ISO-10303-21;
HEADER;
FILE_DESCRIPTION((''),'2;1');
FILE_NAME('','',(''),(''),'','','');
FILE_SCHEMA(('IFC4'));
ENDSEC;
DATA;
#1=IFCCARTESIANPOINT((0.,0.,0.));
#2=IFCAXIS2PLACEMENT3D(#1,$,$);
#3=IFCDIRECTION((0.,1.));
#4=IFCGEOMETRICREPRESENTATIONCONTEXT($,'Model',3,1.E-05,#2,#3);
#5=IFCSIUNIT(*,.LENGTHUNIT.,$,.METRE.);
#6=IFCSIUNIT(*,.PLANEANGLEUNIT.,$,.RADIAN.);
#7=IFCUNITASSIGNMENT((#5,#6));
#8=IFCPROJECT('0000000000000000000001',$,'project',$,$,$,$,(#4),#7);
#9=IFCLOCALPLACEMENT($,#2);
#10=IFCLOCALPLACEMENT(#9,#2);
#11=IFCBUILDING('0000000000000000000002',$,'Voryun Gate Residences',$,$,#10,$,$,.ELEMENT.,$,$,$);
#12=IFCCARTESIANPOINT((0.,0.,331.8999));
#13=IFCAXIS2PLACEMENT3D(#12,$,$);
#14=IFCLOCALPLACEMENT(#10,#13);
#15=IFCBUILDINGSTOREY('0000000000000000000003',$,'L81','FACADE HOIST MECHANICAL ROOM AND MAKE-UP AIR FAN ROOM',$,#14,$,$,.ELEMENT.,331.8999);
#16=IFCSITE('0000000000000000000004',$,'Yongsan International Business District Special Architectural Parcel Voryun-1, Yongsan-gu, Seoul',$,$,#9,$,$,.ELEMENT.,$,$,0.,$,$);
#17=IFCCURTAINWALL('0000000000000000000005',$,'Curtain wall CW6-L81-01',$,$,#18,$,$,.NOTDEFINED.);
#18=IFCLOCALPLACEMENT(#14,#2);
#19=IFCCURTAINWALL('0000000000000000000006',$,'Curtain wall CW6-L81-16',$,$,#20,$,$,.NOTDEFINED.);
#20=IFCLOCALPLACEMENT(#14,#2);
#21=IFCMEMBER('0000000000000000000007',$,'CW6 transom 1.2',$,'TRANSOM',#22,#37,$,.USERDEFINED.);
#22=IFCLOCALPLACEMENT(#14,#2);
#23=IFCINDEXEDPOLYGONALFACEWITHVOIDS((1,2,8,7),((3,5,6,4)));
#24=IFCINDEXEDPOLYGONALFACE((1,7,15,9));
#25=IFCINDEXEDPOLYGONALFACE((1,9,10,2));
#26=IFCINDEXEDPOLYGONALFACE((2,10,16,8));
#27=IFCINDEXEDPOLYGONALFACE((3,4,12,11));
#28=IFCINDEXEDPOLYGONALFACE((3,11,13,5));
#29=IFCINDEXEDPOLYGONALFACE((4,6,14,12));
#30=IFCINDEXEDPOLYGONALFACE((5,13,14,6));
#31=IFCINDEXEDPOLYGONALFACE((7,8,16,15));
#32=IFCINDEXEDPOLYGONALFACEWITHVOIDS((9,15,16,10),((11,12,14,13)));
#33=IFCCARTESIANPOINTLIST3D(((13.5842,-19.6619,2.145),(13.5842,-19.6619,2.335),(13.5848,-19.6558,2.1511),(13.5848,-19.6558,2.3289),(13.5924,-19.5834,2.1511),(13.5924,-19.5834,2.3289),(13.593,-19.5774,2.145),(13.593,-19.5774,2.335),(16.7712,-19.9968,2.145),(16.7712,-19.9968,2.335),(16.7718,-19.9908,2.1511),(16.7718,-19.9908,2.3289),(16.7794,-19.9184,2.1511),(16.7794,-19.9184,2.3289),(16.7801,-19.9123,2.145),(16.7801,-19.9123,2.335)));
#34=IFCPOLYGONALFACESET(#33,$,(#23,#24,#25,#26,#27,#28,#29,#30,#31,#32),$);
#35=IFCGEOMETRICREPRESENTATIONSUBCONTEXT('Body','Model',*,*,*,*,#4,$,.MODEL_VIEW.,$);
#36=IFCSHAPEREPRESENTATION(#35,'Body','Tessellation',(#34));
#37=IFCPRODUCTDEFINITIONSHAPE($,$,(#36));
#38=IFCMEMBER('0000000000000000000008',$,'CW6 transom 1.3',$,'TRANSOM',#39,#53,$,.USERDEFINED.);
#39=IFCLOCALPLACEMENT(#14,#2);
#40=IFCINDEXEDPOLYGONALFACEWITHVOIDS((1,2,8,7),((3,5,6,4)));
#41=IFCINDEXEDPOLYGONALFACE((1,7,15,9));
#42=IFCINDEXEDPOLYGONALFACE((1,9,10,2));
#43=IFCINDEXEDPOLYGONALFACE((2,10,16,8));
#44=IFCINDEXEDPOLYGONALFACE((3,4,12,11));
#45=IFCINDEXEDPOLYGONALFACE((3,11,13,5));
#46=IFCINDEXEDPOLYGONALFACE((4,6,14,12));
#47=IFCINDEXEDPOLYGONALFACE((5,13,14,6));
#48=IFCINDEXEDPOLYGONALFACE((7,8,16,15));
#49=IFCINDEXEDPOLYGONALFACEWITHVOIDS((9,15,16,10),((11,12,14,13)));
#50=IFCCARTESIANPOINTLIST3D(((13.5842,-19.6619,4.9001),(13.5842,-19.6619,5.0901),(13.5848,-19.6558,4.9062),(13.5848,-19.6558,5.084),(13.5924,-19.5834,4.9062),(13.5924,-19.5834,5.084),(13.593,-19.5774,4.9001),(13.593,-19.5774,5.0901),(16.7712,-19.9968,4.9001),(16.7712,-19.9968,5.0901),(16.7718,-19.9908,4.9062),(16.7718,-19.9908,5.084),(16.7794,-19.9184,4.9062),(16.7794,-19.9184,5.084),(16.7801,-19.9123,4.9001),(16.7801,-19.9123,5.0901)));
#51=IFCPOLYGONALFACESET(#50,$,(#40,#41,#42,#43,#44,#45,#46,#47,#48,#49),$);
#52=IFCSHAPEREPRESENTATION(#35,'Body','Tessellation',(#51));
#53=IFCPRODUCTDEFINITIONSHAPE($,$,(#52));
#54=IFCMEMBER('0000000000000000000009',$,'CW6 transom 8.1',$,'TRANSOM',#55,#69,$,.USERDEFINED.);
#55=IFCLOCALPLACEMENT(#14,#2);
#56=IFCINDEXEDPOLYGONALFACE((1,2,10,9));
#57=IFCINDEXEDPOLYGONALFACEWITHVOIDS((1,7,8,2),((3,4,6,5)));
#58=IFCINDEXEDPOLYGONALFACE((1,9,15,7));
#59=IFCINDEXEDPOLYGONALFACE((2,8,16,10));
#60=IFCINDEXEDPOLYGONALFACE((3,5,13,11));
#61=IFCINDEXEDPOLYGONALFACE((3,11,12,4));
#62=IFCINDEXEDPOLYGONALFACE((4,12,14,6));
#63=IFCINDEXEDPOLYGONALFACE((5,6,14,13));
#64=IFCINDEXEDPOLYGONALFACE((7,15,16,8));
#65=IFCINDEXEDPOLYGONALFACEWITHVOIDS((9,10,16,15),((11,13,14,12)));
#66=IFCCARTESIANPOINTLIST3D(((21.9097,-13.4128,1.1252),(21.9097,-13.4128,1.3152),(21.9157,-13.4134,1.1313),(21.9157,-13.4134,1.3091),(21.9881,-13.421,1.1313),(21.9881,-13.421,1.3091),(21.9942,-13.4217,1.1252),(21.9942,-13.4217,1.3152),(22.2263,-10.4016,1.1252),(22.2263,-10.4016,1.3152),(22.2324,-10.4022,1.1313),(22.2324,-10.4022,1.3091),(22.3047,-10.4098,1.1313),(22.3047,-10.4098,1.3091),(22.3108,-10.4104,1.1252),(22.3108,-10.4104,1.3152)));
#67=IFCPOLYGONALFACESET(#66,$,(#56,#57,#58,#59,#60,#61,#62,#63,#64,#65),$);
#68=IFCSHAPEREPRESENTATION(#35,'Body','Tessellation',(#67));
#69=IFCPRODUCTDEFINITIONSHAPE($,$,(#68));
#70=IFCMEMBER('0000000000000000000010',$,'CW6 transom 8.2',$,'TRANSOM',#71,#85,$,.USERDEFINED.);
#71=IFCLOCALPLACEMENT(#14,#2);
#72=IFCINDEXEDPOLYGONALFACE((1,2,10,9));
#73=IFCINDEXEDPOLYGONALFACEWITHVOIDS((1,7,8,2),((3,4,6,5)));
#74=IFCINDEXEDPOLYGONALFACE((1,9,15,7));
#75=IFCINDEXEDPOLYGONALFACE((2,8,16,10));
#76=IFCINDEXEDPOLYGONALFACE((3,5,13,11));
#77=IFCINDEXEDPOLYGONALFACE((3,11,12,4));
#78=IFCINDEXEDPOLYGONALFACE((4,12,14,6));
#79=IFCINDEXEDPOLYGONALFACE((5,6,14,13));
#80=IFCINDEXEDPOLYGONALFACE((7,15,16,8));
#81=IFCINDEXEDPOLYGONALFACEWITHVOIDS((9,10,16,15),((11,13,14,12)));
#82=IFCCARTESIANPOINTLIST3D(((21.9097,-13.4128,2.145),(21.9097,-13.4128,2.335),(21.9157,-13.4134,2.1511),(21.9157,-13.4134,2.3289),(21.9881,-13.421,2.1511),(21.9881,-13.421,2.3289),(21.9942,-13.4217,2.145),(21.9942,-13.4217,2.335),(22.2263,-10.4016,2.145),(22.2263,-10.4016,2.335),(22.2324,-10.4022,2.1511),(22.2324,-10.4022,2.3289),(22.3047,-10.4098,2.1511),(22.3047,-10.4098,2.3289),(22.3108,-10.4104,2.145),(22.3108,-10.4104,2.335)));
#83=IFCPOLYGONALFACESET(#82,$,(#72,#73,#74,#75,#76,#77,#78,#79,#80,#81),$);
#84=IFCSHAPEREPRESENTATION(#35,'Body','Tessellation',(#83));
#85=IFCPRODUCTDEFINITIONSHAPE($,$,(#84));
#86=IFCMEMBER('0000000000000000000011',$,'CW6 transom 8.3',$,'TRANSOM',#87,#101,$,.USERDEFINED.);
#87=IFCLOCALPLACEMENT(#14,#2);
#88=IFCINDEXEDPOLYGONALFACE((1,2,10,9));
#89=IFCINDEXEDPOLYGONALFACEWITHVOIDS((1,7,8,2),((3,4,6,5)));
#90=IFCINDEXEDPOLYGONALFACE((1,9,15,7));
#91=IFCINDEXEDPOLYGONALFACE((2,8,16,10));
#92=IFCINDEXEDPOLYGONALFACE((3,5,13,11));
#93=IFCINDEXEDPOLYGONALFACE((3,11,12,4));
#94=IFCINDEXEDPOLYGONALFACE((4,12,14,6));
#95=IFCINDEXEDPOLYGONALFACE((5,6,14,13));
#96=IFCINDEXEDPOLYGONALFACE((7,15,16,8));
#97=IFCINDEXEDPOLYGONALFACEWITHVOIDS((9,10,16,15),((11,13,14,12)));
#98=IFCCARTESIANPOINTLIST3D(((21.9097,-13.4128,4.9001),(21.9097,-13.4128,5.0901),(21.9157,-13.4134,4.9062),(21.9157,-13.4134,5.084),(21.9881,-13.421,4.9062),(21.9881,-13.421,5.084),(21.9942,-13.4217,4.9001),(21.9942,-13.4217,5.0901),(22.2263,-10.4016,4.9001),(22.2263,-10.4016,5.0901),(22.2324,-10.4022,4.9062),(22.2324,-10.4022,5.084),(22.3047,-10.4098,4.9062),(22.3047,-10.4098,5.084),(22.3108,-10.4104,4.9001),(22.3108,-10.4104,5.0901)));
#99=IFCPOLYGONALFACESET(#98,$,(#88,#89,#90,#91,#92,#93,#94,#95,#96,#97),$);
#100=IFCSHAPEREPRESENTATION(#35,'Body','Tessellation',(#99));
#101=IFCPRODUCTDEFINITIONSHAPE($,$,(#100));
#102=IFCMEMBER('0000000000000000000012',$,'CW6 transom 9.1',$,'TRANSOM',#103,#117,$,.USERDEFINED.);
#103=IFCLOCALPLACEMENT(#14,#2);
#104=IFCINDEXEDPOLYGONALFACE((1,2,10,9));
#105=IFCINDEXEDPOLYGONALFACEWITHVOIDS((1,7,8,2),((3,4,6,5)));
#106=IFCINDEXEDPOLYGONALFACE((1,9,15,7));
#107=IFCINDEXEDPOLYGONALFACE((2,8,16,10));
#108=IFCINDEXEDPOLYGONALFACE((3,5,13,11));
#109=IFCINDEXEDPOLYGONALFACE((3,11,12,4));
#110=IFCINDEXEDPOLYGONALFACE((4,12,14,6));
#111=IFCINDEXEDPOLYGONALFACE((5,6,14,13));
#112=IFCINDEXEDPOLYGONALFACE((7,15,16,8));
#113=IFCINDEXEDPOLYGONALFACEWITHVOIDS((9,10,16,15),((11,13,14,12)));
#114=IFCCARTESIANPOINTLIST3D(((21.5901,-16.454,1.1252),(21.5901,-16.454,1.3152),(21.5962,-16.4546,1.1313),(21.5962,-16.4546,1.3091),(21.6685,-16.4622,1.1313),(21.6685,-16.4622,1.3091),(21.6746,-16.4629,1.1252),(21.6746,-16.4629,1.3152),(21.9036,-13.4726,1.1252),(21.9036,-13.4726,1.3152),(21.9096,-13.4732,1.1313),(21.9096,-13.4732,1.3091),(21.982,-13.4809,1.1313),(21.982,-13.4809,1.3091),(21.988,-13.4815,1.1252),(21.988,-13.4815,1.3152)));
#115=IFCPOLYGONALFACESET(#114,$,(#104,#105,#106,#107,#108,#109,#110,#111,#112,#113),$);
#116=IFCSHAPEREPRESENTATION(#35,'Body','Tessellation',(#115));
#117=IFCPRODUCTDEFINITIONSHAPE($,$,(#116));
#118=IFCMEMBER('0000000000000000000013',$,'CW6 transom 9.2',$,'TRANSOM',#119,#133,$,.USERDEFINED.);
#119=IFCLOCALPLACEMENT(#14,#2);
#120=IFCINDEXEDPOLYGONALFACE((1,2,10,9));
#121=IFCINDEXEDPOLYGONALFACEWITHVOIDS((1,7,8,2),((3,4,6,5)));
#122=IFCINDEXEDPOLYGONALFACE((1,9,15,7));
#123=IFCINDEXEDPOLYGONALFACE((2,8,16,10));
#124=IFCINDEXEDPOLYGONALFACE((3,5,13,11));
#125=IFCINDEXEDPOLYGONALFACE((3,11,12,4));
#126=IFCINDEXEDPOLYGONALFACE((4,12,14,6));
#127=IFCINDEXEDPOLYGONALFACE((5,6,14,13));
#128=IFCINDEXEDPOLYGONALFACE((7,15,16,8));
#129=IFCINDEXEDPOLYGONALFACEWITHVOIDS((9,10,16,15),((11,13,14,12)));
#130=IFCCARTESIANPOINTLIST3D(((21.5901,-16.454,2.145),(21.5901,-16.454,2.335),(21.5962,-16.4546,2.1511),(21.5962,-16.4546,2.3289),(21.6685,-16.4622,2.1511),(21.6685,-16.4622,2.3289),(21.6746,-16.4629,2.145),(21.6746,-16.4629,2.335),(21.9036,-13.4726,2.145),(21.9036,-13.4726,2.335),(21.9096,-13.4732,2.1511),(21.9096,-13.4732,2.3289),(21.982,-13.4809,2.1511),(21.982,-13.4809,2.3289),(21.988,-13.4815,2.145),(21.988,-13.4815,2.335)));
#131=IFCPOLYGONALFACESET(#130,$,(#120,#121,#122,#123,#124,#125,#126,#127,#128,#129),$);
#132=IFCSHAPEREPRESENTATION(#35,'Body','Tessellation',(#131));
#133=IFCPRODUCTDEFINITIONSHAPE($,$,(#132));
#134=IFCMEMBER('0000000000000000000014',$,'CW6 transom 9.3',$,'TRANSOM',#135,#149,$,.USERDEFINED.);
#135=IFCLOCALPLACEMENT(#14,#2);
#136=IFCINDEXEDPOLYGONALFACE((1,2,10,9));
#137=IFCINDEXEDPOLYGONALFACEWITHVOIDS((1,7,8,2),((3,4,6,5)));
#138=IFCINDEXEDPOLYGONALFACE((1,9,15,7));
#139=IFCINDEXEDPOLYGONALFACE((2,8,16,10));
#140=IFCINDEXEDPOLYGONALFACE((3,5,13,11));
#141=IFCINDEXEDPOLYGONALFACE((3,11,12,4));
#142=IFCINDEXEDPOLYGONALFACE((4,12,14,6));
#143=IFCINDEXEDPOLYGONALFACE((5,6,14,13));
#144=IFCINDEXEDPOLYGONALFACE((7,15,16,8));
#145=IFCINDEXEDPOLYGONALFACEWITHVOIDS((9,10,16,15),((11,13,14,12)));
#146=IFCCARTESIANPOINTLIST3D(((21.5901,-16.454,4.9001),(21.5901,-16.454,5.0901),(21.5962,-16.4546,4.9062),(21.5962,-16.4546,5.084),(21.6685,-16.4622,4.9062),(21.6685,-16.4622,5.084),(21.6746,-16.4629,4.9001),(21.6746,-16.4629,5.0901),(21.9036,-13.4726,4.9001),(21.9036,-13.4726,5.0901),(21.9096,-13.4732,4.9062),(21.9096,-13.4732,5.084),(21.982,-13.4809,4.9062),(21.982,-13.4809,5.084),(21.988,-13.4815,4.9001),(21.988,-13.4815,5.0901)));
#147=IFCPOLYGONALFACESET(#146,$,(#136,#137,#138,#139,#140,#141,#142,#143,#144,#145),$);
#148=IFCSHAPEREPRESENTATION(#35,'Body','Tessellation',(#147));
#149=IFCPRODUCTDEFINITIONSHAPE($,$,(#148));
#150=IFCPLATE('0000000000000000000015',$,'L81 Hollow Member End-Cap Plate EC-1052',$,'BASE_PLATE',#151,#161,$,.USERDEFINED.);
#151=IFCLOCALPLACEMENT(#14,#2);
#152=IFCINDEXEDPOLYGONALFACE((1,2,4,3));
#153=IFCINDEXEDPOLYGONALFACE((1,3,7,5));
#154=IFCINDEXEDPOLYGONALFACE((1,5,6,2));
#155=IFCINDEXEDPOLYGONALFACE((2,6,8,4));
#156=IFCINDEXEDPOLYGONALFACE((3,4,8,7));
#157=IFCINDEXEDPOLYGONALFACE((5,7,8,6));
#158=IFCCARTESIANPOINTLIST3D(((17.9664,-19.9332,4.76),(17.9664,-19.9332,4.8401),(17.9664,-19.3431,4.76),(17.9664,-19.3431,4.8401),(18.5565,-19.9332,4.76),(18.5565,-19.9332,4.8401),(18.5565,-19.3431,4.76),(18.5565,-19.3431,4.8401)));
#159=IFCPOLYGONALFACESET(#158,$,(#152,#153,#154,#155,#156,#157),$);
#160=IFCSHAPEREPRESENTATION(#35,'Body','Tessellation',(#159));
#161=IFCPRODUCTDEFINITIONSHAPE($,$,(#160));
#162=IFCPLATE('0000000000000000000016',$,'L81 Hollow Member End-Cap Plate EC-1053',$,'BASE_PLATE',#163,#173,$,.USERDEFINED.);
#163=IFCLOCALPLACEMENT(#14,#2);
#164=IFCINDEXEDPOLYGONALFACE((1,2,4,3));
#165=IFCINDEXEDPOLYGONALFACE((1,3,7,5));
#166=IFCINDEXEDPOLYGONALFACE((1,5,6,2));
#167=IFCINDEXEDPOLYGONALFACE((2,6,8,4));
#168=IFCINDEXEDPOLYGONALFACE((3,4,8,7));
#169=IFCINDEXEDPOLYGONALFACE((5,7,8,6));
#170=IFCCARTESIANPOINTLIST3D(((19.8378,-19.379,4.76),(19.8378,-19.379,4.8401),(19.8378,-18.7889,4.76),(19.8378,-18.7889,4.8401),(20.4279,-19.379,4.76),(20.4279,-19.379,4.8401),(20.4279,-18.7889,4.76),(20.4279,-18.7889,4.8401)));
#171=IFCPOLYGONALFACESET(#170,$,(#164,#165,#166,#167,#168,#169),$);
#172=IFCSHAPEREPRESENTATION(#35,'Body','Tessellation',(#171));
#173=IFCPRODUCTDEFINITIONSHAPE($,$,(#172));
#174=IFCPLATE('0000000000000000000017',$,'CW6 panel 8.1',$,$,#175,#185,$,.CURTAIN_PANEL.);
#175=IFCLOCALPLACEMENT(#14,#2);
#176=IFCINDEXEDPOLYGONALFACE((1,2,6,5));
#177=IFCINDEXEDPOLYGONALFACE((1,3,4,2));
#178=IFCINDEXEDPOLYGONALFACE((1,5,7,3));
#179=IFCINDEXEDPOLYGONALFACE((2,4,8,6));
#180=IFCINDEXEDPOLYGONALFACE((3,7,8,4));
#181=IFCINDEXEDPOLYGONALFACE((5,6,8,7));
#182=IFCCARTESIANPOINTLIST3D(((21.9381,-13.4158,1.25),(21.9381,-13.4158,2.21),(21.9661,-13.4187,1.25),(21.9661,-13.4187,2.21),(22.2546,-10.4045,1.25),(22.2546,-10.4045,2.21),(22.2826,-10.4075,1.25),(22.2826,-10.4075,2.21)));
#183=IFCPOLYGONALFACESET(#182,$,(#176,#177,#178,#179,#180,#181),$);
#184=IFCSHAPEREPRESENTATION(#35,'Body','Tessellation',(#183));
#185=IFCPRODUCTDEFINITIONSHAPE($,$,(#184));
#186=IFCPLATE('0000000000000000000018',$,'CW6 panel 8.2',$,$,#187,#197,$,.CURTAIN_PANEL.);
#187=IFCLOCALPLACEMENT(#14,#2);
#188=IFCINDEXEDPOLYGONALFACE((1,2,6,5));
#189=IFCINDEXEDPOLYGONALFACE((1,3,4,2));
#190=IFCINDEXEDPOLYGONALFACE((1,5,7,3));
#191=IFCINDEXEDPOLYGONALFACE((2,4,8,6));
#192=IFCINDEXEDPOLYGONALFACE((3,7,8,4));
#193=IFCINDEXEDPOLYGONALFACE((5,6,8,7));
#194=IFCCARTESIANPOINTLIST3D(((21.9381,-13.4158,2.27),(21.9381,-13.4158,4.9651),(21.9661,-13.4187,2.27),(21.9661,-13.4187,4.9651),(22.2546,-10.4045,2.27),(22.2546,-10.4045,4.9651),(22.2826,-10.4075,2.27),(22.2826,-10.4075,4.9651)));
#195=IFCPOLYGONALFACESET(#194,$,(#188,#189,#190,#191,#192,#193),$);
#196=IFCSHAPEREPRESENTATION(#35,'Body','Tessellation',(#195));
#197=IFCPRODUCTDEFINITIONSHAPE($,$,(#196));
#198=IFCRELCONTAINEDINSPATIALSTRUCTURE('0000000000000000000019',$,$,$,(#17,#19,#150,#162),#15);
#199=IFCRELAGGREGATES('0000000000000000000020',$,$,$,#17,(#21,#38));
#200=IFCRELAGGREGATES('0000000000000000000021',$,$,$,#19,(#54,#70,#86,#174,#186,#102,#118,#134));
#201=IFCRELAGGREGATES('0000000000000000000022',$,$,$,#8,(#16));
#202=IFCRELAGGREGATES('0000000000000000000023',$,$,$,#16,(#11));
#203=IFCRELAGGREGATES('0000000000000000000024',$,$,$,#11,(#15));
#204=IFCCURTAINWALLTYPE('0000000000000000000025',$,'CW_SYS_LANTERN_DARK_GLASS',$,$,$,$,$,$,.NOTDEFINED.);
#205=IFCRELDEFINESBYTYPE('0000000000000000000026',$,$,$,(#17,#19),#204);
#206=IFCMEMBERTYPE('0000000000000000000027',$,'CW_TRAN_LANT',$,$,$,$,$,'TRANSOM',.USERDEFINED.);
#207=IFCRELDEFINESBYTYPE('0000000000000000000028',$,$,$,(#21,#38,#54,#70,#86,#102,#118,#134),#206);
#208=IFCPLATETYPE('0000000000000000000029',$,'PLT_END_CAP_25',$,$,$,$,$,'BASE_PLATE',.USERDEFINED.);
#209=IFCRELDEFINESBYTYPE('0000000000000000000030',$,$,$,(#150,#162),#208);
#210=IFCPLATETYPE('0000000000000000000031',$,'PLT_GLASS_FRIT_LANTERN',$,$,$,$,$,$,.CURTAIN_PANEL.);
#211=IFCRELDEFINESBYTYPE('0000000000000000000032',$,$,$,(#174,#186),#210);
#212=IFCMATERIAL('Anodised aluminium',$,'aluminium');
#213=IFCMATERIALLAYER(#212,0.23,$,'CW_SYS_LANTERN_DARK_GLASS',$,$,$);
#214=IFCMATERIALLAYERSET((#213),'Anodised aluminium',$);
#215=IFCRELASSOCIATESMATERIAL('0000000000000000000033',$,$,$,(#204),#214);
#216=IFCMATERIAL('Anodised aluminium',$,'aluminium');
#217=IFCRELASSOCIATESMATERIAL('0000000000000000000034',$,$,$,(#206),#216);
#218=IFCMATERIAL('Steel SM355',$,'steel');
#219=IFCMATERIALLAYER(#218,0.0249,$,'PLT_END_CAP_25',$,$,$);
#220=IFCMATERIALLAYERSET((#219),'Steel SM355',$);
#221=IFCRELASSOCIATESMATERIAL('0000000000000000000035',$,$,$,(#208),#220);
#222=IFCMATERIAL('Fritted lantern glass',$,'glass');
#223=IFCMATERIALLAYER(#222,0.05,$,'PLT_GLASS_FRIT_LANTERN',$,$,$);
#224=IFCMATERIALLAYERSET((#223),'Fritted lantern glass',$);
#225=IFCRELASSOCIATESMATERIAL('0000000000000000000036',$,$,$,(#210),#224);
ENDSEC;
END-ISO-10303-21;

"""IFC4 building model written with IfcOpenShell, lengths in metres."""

from ifc_helpers import new_model, si_unit, direction, frame, origin, origin_2d, place, context, subcontext, project, spatial, rectangle, hollow_rectangle, extrude, material, layer, layer_set, material_profile, profile_set, type_object, element, aggregate, save


model = new_model("IFC4")

# Units and contexts
model_context = context("Model", 3, precision=1e-05, world=origin(), true_north=direction((0.0, 1.0)))
body_context = subcontext(model_context, "Body", "Model", "MODEL_VIEW")
ifc_project = project(units=[si_unit("LENGTHUNIT", "METRE"), si_unit("PLANEANGLEUNIT", "RADIAN")], contexts=[model_context])

# Site, building, storey
site_placement = place(None, origin())
site = spatial("IfcSite", under=ifc_project, at=site_placement, Name="Yongsan International Business District Special Architectural Parcel Voryun-1, Yongsan-gu, Seoul", CompositionType="ELEMENT", RefElevation=0.0)
building_placement = place(site_placement, origin())
building = spatial("IfcBuilding", under=site, at=building_placement, Name="Voryun Gate Residences", CompositionType="ELEMENT")
storey_placement = place(building_placement, frame((0.0, 0.0, 331.8999)))
storey = spatial("IfcBuildingStorey", under=building, at=storey_placement, Name="L81", Description="FACADE HOIST MECHANICAL ROOM AND MAKE-UP AIR FAN ROOM", CompositionType="ELEMENT", Elevation=331.8999)

# Curtain wall
ifc_material_1 = material(Name="Anodised aluminium", Category="aluminium")
ifc_layer_1 = layer(ifc_material_1, 0.23, Name="CW_SYS_LANTERN_DARK_GLASS")
ifc_layer_set_1 = layer_set([ifc_layer_1], Name="Anodised aluminium")
curtain_wall_type = type_object("IfcCurtainWallType", Name="CW_SYS_LANTERN_DARK_GLASS", PredefinedType="NOTDEFINED", material=ifc_layer_set_1)
curtain_wall_1_placement = place(storey_placement, origin())
curtain_wall_1 = element("IfcCurtainWall", 1, at=curtain_wall_1_placement, inside=storey, type_object=curtain_wall_type, Name="Curtain wall CW6-L81-01", PredefinedType="NOTDEFINED")

# Curtain wall
curtain_wall_2_placement = place(storey_placement, origin())
curtain_wall_2 = element("IfcCurtainWall", 2, at=curtain_wall_2_placement, inside=storey, type_object=curtain_wall_type, Name="Curtain wall CW6-L81-16", PredefinedType="NOTDEFINED")

# Members
ifc_material_2 = material(Name="Anodised aluminium", Category="aluminium")
ifc_material_profile_1 = material_profile(ifc_material_2, hollow_rectangle(XDim=0.085, YDim=0.1899, WallThickness=0.0061, at=origin_2d()), Name="ALU-TRAN-190x85x6")
ifc_profile_set_1 = profile_set([ifc_material_profile_1], Name="Anodised aluminium")
member_type_1 = type_object("IfcMemberType", Name="CW_TRAN_LANT", ElementType="TRANSOM", PredefinedType="USERDEFINED", material=ifc_profile_set_1)
member_1_placement = place(storey_placement, frame((16.7756, -19.9546, 2.24), z_axis=(-0.994522, 0.104526, 0.0), x_axis=(-0.104526, -0.994522, 0.0)))
member_1 = element("IfcMember", 3, at=member_1_placement, type_object=member_type_1, Name="CW6 transom 1.2", ObjectType="TRANSOM", PredefinedType="USERDEFINED", context=body_context, shape_type="SweptSolid", body=[
    extrude(hollow_rectangle(XDim=0.085, YDim=0.1899, WallThickness=0.0061, at=origin_2d()), origin(), (0.0, 0.0, 1.0), 3.2046),
])
member_2_placement = place(storey_placement, frame((16.7756, -19.9546, 4.9951), z_axis=(-0.994522, 0.104526, 0.0), x_axis=(-0.104526, -0.994522, 0.0)))
member_2 = element("IfcMember", 4, at=member_2_placement, type_object=member_type_1, Name="CW6 transom 1.3", ObjectType="TRANSOM", PredefinedType="USERDEFINED", context=body_context, shape_type="SweptSolid", body=[
    extrude(hollow_rectangle(XDim=0.085, YDim=0.1899, WallThickness=0.0061, at=origin_2d()), origin(), (0.0, 0.0, 1.0), 3.2046),
])
aggregate(curtain_wall_1, [member_1, member_2])
member_3_placement = place(storey_placement, frame((22.2686, -10.406, 1.2202), z_axis=(-0.10458, -0.994516, 0.0), x_axis=(0.994516, -0.10458, 0.0)))
member_3 = element("IfcMember", 5, at=member_3_placement, type_object=member_type_1, Name="CW6 transom 8.1", ObjectType="TRANSOM", PredefinedType="USERDEFINED", context=body_context, shape_type="SweptSolid", body=[
    extrude(hollow_rectangle(XDim=0.085, YDim=0.1899, WallThickness=0.0061, at=origin_2d()), origin(), (0.0, 0.0, 1.0), 3.0278),
])
member_4_placement = place(storey_placement, frame((22.2686, -10.406, 2.24), z_axis=(-0.10458, -0.994516, 0.0), x_axis=(0.994516, -0.10458, 0.0)))
member_4 = element("IfcMember", 6, at=member_4_placement, type_object=member_type_1, Name="CW6 transom 8.2", ObjectType="TRANSOM", PredefinedType="USERDEFINED", context=body_context, shape_type="SweptSolid", body=[
    extrude(hollow_rectangle(XDim=0.085, YDim=0.1899, WallThickness=0.0061, at=origin_2d()), origin(), (0.0, 0.0, 1.0), 3.0278),
])
member_5_placement = place(storey_placement, frame((22.2686, -10.406, 4.9951), z_axis=(-0.10458, -0.994516, 0.0), x_axis=(0.994516, -0.10458, 0.0)))
member_5 = element("IfcMember", 7, at=member_5_placement, type_object=member_type_1, Name="CW6 transom 8.3", ObjectType="TRANSOM", PredefinedType="USERDEFINED", context=body_context, shape_type="SweptSolid", body=[
    extrude(hollow_rectangle(XDim=0.085, YDim=0.1899, WallThickness=0.0061, at=origin_2d()), origin(), (0.0, 0.0, 1.0), 3.0278),
])
member_6_placement = place(storey_placement, frame((21.9458, -13.4771, 1.2202), z_axis=(-0.104566, -0.994518, 0.0), x_axis=(0.994518, -0.104566, 0.0)))
member_6 = element("IfcMember", 8, at=member_6_placement, type_object=member_type_1, Name="CW6 transom 9.1", ObjectType="TRANSOM", PredefinedType="USERDEFINED", context=body_context, shape_type="SweptSolid", body=[
    extrude(hollow_rectangle(XDim=0.085, YDim=0.1899, WallThickness=0.0061, at=origin_2d()), origin(), (0.0, 0.0, 1.0), 2.9978),
])
member_7_placement = place(storey_placement, frame((21.9458, -13.4771, 2.24), z_axis=(-0.104566, -0.994518, 0.0), x_axis=(0.994518, -0.104566, 0.0)))
member_7 = element("IfcMember", 9, at=member_7_placement, type_object=member_type_1, Name="CW6 transom 9.2", ObjectType="TRANSOM", PredefinedType="USERDEFINED", context=body_context, shape_type="SweptSolid", body=[
    extrude(hollow_rectangle(XDim=0.085, YDim=0.1899, WallThickness=0.0061, at=origin_2d()), origin(), (0.0, 0.0, 1.0), 2.9978),
])
member_8_placement = place(storey_placement, frame((21.9458, -13.4771, 4.9951), z_axis=(-0.104566, -0.994518, 0.0), x_axis=(0.994518, -0.104566, 0.0)))
member_8 = element("IfcMember", 10, at=member_8_placement, type_object=member_type_1, Name="CW6 transom 9.3", ObjectType="TRANSOM", PredefinedType="USERDEFINED", context=body_context, shape_type="SweptSolid", body=[
    extrude(hollow_rectangle(XDim=0.085, YDim=0.1899, WallThickness=0.0061, at=origin_2d()), origin(), (0.0, 0.0, 1.0), 2.9978),
])

# Plates
ifc_material_3 = material(Name="Steel SM355", Category="steel")
ifc_layer_2 = layer(ifc_material_3, 0.0249, Name="PLT_END_CAP_25")
ifc_layer_set_2 = layer_set([ifc_layer_2], Name="Steel SM355")
plate_type_1 = type_object("IfcPlateType", Name="PLT_END_CAP_25", ElementType="BASE_PLATE", PredefinedType="USERDEFINED", material=ifc_layer_set_2)
for number, where, z_axis, x_axis, name in (
    (11, (18.2615, -19.6382, 4.76), (0.0, 0.0, 1.0), (1.0, 0.0, 0.0), "L81 Hollow Member End-Cap Plate EC-1052"),
    (12, (20.1328, -19.084, 4.76), (0.0, 0.0, 1.0), (1.0, 0.0, 0.0), "L81 Hollow Member End-Cap Plate EC-1053"),
):
    element("IfcPlate", number, at=place(storey_placement, frame(where, z_axis=z_axis, x_axis=x_axis)), inside=storey, type_object=plate_type_1, Name=name, ObjectType="BASE_PLATE", PredefinedType="USERDEFINED", context=body_context, shape_type="SweptSolid", body=[
        extrude(rectangle(XDim=0.5901, YDim=0.5901, at=origin_2d()), origin(), (0.0, 0.0, 1.0), 0.0801),
    ])

# Plates
ifc_material_4 = material(Name="Fritted lantern glass", Category="glass")
ifc_layer_3 = layer(ifc_material_4, 0.05, Name="PLT_GLASS_FRIT_LANTERN")
ifc_layer_set_3 = layer_set([ifc_layer_3], Name="Fritted lantern glass")
plate_type_2 = type_object("IfcPlateType", Name="PLT_GLASS_FRIT_LANTERN", PredefinedType="CURTAIN_PANEL", material=ifc_layer_set_3)
plate_1_placement = place(storey_placement, frame((22.1104, -11.9116, 1.25), z_axis=(0.0, 0.0, 1.0), x_axis=(-0.104528, -0.994522, 0.0)))
plate_1 = element("IfcPlate", 13, at=plate_1_placement, type_object=plate_type_2, Name="CW6 panel 8.1", PredefinedType="CURTAIN_PANEL", context=body_context, shape_type="SweptSolid", body=[
    extrude(rectangle(XDim=3.0278, YDim=0.0281, at=origin_2d()), origin(), (0.0, 0.0, 1.0), 0.96),
])
plate_2_placement = place(storey_placement, frame((22.1104, -11.9116, 2.27), z_axis=(0.0, 0.0, 1.0), x_axis=(-0.104528, -0.994522, 0.0)))
plate_2 = element("IfcPlate", 14, at=plate_2_placement, type_object=plate_type_2, Name="CW6 panel 8.2", PredefinedType="CURTAIN_PANEL", context=body_context, shape_type="SweptSolid", body=[
    extrude(rectangle(XDim=3.0278, YDim=0.0281, at=origin_2d()), origin(), (0.0, 0.0, 1.0), 2.6951),
])
aggregate(curtain_wall_2, [member_3, member_4, member_5, plate_1, plate_2, member_6, member_7, member_8])

save(model, "model.ifc")
